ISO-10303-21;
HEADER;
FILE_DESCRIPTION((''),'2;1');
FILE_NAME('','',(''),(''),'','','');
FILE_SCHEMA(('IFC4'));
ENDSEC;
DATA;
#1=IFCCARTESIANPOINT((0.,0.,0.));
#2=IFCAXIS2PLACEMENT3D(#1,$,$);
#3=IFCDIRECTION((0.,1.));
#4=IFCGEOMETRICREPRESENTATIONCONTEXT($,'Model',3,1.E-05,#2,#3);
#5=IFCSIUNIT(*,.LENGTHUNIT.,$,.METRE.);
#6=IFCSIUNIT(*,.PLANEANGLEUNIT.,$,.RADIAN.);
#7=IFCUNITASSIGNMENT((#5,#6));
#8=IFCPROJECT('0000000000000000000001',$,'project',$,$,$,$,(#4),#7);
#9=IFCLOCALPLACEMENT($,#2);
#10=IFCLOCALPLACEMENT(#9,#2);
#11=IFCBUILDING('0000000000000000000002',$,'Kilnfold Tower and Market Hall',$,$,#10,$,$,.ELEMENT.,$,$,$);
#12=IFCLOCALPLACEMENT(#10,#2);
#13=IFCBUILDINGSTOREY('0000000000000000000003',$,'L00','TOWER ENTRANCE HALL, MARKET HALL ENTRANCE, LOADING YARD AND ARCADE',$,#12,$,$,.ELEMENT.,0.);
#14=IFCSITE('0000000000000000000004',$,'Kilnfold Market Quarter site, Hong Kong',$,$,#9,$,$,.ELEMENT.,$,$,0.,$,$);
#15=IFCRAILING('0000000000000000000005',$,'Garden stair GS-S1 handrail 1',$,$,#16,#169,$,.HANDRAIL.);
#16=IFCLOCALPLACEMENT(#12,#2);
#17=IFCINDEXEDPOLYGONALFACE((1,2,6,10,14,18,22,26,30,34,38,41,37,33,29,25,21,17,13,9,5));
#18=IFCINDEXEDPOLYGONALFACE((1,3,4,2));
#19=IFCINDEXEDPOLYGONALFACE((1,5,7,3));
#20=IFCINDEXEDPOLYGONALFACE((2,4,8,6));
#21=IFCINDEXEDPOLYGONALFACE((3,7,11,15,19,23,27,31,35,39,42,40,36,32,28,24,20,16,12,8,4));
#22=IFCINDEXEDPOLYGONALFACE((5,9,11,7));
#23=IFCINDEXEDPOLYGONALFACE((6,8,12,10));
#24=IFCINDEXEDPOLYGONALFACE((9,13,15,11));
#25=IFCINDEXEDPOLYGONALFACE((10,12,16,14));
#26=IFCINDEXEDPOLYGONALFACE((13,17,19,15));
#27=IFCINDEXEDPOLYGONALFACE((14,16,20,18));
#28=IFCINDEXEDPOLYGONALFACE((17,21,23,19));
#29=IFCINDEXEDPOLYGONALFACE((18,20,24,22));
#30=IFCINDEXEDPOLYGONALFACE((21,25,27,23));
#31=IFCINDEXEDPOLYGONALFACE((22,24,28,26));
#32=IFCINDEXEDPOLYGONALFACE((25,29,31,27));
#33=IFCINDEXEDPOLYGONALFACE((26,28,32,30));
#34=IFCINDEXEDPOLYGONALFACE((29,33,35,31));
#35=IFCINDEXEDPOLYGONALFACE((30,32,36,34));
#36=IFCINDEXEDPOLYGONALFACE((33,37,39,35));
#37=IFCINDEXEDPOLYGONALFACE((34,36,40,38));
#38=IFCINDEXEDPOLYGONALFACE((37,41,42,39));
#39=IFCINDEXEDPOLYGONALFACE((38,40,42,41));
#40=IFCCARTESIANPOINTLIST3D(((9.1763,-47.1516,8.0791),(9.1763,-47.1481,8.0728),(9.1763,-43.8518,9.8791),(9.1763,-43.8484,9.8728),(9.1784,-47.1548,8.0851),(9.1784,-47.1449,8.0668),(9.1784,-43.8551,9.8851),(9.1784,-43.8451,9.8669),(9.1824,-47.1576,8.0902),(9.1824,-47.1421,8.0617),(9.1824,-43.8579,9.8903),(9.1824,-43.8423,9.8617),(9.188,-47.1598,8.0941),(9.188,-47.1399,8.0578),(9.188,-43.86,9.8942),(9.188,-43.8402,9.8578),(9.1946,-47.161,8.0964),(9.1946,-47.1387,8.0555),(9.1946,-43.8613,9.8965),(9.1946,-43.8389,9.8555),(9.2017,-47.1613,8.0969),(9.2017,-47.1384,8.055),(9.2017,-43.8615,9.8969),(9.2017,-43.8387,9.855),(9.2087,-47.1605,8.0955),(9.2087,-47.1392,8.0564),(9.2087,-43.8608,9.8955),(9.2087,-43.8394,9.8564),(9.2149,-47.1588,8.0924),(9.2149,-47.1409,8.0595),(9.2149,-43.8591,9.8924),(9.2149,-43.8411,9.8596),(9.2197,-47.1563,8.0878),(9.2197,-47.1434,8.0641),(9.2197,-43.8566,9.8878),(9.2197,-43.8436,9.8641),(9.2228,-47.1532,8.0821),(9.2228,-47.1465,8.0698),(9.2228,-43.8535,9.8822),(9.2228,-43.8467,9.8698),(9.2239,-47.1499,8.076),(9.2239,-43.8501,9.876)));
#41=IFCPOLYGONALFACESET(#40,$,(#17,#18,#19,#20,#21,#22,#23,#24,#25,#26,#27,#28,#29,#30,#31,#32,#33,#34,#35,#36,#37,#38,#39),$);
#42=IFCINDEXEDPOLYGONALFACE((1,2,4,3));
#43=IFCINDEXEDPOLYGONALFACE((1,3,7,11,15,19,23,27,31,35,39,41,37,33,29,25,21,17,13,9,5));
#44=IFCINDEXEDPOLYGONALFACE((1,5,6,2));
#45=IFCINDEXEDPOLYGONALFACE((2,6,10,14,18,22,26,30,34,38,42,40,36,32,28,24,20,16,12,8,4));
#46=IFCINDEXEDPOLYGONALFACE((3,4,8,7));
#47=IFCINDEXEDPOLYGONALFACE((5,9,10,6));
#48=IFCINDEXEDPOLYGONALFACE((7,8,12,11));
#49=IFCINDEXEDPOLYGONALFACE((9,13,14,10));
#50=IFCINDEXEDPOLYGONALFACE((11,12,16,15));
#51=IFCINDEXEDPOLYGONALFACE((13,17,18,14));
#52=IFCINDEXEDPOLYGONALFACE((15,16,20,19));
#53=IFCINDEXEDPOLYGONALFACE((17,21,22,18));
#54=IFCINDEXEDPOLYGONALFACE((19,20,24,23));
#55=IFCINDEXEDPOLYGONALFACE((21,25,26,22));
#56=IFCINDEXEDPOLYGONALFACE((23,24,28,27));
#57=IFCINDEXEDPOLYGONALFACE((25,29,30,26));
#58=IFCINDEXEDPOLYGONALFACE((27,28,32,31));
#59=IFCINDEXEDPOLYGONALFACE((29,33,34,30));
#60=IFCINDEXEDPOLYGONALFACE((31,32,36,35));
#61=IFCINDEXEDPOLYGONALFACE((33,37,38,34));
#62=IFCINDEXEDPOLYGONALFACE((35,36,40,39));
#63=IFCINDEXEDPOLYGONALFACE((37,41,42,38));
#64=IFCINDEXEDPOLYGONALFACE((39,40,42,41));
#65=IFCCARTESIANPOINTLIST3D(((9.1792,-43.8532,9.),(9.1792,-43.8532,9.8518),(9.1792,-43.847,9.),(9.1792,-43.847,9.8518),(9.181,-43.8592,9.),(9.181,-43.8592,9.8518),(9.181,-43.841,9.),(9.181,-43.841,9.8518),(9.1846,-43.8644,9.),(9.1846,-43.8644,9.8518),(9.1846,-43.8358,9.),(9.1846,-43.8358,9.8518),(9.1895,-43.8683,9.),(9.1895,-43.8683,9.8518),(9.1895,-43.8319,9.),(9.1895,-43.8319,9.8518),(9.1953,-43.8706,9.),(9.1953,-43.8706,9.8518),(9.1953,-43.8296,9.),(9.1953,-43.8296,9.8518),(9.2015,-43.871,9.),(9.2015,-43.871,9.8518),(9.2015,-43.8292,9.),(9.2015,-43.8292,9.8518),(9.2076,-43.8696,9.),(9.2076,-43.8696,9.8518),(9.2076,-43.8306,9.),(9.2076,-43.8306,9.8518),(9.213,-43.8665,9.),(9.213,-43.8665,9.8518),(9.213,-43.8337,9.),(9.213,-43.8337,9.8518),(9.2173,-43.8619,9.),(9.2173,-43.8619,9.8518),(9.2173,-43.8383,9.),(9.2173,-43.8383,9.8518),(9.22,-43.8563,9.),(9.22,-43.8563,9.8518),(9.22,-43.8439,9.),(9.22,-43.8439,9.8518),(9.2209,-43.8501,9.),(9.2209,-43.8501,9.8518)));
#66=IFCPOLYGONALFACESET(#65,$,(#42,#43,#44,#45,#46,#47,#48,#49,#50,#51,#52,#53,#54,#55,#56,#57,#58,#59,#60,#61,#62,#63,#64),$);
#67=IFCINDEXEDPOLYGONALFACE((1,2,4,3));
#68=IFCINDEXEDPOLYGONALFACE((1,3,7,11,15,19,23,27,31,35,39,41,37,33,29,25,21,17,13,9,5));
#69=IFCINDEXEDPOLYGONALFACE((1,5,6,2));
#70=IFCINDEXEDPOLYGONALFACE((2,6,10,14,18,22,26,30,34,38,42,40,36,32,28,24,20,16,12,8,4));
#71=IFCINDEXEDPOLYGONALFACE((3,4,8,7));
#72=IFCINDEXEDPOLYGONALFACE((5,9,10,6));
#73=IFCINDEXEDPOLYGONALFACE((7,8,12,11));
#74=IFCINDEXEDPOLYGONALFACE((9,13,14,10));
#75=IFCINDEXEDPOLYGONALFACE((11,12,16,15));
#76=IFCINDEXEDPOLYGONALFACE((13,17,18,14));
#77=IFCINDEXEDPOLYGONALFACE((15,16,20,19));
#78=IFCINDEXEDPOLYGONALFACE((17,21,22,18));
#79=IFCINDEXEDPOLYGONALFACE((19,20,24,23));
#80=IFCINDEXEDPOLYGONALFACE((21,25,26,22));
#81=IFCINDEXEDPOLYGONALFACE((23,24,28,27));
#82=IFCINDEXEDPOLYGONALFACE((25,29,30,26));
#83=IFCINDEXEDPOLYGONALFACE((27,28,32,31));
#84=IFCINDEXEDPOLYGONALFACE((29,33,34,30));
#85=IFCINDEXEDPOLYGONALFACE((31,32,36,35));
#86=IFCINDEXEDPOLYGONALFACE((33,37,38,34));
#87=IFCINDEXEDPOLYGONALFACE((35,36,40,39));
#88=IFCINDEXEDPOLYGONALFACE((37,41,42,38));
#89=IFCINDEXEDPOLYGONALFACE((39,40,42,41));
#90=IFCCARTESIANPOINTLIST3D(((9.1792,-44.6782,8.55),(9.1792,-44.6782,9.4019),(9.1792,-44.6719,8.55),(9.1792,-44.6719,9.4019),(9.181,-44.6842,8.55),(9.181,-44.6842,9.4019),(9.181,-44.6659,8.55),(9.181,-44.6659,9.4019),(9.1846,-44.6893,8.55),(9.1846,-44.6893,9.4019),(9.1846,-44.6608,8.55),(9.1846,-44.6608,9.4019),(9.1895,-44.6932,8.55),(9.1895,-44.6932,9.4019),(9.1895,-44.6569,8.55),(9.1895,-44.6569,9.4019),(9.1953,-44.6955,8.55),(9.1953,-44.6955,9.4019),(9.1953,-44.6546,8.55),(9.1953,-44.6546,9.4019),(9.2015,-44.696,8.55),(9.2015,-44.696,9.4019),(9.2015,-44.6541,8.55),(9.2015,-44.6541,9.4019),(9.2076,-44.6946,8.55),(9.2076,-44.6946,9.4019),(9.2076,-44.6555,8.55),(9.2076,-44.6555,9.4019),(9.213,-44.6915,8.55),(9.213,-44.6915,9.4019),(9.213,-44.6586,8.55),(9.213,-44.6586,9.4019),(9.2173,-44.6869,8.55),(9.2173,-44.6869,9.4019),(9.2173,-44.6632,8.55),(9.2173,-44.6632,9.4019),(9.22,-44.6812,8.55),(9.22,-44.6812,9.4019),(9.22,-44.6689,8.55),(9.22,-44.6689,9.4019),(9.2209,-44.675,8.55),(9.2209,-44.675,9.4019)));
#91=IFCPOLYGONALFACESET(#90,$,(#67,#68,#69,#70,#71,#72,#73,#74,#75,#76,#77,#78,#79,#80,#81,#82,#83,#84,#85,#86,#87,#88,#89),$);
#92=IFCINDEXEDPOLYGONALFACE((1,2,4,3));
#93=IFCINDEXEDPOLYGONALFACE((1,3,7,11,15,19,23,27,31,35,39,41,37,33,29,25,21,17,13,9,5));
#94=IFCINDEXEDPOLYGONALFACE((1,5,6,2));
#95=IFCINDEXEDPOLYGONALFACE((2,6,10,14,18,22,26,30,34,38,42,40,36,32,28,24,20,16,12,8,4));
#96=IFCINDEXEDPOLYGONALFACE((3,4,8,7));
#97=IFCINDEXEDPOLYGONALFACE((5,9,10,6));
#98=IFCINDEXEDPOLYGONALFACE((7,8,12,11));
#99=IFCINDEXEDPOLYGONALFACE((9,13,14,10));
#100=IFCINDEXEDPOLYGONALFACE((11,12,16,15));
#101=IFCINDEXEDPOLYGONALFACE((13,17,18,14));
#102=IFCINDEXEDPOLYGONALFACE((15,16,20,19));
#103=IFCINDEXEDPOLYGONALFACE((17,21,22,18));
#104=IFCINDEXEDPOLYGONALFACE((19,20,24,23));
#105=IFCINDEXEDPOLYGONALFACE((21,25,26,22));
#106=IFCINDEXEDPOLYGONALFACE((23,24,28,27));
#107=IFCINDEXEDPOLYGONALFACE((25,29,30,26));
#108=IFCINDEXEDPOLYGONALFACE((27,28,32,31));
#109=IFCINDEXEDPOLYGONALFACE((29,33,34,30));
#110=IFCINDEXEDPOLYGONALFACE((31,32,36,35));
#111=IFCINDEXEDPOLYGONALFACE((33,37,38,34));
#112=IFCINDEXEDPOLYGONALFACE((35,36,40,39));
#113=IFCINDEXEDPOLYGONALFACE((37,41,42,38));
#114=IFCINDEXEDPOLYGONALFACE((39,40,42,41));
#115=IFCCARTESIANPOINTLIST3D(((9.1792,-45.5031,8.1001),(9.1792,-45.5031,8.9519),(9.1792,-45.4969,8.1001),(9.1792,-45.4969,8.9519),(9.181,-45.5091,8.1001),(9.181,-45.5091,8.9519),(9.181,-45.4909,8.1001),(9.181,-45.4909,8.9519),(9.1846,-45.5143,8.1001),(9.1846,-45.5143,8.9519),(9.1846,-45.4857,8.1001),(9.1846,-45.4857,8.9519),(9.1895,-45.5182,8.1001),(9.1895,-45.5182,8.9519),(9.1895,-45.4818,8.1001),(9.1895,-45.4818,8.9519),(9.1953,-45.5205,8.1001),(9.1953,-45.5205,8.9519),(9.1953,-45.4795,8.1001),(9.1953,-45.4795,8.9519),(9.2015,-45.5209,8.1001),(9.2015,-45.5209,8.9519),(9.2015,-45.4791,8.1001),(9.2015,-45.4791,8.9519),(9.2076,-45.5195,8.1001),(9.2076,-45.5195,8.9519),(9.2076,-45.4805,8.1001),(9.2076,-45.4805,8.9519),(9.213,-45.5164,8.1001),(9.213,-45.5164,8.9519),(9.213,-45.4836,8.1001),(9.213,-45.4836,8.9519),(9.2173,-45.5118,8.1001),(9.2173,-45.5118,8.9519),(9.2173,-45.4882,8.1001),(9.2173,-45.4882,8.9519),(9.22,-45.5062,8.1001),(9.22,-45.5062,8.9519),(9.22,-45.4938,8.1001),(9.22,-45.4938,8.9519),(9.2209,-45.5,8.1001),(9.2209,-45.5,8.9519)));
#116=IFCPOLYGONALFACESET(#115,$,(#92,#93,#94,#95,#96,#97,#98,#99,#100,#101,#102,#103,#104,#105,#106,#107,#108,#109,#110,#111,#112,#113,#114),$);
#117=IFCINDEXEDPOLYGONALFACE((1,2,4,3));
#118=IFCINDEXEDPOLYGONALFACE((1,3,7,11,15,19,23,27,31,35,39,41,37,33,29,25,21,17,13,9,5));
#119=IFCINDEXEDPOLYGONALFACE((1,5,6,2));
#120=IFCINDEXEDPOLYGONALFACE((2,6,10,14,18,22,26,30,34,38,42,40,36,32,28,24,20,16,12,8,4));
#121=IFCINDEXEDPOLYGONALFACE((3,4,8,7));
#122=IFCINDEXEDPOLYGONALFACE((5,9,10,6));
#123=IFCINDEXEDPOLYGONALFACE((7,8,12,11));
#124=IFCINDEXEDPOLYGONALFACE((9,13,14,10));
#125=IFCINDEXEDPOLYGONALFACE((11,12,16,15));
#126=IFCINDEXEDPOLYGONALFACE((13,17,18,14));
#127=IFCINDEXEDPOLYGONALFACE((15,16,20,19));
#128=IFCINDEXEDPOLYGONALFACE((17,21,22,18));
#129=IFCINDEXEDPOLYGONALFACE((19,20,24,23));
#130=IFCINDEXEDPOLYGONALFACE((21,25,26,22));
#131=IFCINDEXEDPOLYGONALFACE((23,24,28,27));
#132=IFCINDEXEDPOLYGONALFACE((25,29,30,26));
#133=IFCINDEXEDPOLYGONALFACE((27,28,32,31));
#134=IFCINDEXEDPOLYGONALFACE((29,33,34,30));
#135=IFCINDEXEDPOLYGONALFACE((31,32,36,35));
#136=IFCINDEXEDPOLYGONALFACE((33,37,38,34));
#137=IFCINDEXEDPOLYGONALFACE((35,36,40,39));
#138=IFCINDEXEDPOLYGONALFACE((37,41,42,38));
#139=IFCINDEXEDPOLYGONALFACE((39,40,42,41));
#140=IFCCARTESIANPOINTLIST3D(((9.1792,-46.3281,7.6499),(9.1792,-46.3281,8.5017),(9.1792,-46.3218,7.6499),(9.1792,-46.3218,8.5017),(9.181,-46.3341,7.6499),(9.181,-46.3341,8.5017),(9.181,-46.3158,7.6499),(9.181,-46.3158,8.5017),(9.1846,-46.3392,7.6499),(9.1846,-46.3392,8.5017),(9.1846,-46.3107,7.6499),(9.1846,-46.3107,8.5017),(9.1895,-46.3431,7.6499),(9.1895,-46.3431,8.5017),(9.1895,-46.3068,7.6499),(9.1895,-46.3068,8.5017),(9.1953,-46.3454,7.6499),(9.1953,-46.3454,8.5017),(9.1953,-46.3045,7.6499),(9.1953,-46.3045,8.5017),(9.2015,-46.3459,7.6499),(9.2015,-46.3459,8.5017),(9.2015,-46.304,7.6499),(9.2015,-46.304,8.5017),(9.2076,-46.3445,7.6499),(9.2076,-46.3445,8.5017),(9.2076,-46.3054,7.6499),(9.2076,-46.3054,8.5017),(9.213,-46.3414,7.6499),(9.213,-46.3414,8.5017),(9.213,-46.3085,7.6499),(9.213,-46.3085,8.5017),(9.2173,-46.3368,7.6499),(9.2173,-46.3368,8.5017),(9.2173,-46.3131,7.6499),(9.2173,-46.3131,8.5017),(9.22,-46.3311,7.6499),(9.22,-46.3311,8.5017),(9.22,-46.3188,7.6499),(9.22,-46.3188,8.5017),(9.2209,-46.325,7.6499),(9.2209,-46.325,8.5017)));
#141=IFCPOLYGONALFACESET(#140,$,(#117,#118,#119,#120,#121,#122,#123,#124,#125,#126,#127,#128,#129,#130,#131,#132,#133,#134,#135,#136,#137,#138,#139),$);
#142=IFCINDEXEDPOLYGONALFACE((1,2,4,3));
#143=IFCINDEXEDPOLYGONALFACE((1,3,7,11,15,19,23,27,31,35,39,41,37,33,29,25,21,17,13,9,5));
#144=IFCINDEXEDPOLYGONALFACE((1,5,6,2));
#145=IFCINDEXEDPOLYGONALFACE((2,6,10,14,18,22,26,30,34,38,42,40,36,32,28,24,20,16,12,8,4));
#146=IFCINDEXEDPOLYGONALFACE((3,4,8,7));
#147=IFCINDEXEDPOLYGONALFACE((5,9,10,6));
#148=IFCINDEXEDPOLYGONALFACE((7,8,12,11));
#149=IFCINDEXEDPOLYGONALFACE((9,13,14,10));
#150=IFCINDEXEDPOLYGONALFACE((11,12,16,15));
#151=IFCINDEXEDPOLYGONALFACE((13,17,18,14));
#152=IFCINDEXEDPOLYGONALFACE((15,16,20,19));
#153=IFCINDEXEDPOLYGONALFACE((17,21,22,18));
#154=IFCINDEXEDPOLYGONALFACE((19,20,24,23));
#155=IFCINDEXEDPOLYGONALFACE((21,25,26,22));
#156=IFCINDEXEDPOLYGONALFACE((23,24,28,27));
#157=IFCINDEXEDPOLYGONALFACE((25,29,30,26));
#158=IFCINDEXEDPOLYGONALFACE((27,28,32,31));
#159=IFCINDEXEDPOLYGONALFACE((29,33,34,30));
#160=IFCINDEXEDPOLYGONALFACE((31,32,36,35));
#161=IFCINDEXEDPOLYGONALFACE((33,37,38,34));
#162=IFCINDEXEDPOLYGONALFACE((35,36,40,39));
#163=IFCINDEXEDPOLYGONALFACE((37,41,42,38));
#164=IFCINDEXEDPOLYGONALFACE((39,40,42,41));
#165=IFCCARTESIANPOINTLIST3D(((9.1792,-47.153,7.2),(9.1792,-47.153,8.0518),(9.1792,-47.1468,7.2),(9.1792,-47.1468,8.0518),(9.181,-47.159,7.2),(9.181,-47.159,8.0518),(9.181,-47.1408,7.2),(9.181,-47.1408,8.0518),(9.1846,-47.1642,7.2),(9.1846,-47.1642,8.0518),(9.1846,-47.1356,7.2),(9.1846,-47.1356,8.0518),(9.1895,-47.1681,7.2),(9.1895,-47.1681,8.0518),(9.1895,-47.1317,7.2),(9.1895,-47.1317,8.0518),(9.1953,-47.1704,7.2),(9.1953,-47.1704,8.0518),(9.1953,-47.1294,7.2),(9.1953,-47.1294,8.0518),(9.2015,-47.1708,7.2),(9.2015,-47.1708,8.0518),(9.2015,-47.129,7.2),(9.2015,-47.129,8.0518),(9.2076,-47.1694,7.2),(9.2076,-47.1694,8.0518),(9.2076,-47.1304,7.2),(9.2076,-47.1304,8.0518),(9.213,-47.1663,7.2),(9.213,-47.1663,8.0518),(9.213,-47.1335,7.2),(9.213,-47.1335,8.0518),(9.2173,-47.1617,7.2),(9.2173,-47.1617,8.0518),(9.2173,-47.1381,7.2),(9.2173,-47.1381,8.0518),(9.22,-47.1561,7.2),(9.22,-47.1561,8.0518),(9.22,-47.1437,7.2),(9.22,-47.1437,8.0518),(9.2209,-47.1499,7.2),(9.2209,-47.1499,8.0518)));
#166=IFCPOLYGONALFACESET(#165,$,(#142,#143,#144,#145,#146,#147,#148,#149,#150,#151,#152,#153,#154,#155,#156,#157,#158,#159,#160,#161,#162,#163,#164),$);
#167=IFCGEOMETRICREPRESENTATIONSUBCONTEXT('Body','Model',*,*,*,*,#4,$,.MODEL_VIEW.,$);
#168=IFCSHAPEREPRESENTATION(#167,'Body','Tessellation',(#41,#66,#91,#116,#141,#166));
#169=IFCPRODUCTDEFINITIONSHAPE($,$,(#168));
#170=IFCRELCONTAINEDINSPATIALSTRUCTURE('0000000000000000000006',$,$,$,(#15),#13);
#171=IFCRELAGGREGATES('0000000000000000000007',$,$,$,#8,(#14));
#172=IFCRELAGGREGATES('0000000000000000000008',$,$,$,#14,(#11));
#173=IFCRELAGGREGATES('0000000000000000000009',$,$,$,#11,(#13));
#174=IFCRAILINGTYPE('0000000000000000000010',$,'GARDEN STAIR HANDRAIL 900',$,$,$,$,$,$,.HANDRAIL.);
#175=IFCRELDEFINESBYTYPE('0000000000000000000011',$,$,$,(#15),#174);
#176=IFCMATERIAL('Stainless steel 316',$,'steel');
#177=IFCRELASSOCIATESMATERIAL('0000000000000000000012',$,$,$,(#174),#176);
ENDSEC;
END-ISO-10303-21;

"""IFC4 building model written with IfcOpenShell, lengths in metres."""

from ifc_helpers import new_model, si_unit, direction, frame, origin, origin_2d, place, context, subcontext, project, spatial, circle, extrude, material, type_object, element, save


model = new_model("IFC4")

# Units and contexts
model_context = context("Model", 3, precision=1e-05, world=origin(), true_north=direction((0.0, 1.0)))
body_context = subcontext(model_context, "Body", "Model", "MODEL_VIEW")
ifc_project = project(units=[si_unit("LENGTHUNIT", "METRE"), si_unit("PLANEANGLEUNIT", "RADIAN")], contexts=[model_context])

# Site, building, storey
site_placement = place(None, origin())
site = spatial("IfcSite", under=ifc_project, at=site_placement, Name="Kilnfold Market Quarter site, Hong Kong", CompositionType="ELEMENT", RefElevation=0.0)
building_placement = place(site_placement, origin())
building = spatial("IfcBuilding", under=site, at=building_placement, Name="Kilnfold Tower and Market Hall", CompositionType="ELEMENT")
storey_placement = place(building_placement, origin())
storey = spatial("IfcBuildingStorey", under=building, at=storey_placement, Name="L00", Description="TOWER ENTRANCE HALL, MARKET HALL ENTRANCE, LOADING YARD AND ARCADE", CompositionType="ELEMENT", Elevation=0.0)

# Railing
ifc_material_1 = material(Name="Stainless steel 316", Category="steel")
railing_type_1 = type_object("IfcRailingType", Name="GARDEN STAIR HANDRAIL 900", PredefinedType="HANDRAIL", material=ifc_material_1)
railing_1_placement = place(storey_placement, frame((9.2, -43.8501, 9.0)))
element("IfcRailing", 1, at=railing_1_placement, inside=storey, type_object=railing_type_1, Name="Garden stair GS-S1 handrail 1", PredefinedType="HANDRAIL", context=body_context, shape_type="SweptSolid", body=[
    extrude(circle(Radius=0.0239, at=origin_2d()), frame((0.0, 0.0, 0.876), z_axis=(0.0, -0.877878, -0.478884), x_axis=(1.0, 0.0, 0.0)), (0.0, 0.0, 1.0), 3.7588),
    extrude(circle(Radius=0.021, at=origin_2d()), origin(), (0.0, 0.0, 1.0), 0.8518),
    extrude(circle(Radius=0.021, at=origin_2d()), frame((0.0, -0.825, -0.45)), (0.0, 0.0, 1.0), 0.8518),
    extrude(circle(Radius=0.021, at=origin_2d()), frame((0.0, -1.6499, -0.8999)), (0.0, 0.0, 1.0), 0.8518),
    extrude(circle(Radius=0.021, at=origin_2d()), frame((0.0, -2.4749, -1.3501)), (0.0, 0.0, 1.0), 0.8518),
    extrude(circle(Radius=0.021, at=origin_2d()), frame((0.0, -3.2998, -1.8)), (0.0, 0.0, 1.0), 0.8518),
])

save(model, "model.ifc")
